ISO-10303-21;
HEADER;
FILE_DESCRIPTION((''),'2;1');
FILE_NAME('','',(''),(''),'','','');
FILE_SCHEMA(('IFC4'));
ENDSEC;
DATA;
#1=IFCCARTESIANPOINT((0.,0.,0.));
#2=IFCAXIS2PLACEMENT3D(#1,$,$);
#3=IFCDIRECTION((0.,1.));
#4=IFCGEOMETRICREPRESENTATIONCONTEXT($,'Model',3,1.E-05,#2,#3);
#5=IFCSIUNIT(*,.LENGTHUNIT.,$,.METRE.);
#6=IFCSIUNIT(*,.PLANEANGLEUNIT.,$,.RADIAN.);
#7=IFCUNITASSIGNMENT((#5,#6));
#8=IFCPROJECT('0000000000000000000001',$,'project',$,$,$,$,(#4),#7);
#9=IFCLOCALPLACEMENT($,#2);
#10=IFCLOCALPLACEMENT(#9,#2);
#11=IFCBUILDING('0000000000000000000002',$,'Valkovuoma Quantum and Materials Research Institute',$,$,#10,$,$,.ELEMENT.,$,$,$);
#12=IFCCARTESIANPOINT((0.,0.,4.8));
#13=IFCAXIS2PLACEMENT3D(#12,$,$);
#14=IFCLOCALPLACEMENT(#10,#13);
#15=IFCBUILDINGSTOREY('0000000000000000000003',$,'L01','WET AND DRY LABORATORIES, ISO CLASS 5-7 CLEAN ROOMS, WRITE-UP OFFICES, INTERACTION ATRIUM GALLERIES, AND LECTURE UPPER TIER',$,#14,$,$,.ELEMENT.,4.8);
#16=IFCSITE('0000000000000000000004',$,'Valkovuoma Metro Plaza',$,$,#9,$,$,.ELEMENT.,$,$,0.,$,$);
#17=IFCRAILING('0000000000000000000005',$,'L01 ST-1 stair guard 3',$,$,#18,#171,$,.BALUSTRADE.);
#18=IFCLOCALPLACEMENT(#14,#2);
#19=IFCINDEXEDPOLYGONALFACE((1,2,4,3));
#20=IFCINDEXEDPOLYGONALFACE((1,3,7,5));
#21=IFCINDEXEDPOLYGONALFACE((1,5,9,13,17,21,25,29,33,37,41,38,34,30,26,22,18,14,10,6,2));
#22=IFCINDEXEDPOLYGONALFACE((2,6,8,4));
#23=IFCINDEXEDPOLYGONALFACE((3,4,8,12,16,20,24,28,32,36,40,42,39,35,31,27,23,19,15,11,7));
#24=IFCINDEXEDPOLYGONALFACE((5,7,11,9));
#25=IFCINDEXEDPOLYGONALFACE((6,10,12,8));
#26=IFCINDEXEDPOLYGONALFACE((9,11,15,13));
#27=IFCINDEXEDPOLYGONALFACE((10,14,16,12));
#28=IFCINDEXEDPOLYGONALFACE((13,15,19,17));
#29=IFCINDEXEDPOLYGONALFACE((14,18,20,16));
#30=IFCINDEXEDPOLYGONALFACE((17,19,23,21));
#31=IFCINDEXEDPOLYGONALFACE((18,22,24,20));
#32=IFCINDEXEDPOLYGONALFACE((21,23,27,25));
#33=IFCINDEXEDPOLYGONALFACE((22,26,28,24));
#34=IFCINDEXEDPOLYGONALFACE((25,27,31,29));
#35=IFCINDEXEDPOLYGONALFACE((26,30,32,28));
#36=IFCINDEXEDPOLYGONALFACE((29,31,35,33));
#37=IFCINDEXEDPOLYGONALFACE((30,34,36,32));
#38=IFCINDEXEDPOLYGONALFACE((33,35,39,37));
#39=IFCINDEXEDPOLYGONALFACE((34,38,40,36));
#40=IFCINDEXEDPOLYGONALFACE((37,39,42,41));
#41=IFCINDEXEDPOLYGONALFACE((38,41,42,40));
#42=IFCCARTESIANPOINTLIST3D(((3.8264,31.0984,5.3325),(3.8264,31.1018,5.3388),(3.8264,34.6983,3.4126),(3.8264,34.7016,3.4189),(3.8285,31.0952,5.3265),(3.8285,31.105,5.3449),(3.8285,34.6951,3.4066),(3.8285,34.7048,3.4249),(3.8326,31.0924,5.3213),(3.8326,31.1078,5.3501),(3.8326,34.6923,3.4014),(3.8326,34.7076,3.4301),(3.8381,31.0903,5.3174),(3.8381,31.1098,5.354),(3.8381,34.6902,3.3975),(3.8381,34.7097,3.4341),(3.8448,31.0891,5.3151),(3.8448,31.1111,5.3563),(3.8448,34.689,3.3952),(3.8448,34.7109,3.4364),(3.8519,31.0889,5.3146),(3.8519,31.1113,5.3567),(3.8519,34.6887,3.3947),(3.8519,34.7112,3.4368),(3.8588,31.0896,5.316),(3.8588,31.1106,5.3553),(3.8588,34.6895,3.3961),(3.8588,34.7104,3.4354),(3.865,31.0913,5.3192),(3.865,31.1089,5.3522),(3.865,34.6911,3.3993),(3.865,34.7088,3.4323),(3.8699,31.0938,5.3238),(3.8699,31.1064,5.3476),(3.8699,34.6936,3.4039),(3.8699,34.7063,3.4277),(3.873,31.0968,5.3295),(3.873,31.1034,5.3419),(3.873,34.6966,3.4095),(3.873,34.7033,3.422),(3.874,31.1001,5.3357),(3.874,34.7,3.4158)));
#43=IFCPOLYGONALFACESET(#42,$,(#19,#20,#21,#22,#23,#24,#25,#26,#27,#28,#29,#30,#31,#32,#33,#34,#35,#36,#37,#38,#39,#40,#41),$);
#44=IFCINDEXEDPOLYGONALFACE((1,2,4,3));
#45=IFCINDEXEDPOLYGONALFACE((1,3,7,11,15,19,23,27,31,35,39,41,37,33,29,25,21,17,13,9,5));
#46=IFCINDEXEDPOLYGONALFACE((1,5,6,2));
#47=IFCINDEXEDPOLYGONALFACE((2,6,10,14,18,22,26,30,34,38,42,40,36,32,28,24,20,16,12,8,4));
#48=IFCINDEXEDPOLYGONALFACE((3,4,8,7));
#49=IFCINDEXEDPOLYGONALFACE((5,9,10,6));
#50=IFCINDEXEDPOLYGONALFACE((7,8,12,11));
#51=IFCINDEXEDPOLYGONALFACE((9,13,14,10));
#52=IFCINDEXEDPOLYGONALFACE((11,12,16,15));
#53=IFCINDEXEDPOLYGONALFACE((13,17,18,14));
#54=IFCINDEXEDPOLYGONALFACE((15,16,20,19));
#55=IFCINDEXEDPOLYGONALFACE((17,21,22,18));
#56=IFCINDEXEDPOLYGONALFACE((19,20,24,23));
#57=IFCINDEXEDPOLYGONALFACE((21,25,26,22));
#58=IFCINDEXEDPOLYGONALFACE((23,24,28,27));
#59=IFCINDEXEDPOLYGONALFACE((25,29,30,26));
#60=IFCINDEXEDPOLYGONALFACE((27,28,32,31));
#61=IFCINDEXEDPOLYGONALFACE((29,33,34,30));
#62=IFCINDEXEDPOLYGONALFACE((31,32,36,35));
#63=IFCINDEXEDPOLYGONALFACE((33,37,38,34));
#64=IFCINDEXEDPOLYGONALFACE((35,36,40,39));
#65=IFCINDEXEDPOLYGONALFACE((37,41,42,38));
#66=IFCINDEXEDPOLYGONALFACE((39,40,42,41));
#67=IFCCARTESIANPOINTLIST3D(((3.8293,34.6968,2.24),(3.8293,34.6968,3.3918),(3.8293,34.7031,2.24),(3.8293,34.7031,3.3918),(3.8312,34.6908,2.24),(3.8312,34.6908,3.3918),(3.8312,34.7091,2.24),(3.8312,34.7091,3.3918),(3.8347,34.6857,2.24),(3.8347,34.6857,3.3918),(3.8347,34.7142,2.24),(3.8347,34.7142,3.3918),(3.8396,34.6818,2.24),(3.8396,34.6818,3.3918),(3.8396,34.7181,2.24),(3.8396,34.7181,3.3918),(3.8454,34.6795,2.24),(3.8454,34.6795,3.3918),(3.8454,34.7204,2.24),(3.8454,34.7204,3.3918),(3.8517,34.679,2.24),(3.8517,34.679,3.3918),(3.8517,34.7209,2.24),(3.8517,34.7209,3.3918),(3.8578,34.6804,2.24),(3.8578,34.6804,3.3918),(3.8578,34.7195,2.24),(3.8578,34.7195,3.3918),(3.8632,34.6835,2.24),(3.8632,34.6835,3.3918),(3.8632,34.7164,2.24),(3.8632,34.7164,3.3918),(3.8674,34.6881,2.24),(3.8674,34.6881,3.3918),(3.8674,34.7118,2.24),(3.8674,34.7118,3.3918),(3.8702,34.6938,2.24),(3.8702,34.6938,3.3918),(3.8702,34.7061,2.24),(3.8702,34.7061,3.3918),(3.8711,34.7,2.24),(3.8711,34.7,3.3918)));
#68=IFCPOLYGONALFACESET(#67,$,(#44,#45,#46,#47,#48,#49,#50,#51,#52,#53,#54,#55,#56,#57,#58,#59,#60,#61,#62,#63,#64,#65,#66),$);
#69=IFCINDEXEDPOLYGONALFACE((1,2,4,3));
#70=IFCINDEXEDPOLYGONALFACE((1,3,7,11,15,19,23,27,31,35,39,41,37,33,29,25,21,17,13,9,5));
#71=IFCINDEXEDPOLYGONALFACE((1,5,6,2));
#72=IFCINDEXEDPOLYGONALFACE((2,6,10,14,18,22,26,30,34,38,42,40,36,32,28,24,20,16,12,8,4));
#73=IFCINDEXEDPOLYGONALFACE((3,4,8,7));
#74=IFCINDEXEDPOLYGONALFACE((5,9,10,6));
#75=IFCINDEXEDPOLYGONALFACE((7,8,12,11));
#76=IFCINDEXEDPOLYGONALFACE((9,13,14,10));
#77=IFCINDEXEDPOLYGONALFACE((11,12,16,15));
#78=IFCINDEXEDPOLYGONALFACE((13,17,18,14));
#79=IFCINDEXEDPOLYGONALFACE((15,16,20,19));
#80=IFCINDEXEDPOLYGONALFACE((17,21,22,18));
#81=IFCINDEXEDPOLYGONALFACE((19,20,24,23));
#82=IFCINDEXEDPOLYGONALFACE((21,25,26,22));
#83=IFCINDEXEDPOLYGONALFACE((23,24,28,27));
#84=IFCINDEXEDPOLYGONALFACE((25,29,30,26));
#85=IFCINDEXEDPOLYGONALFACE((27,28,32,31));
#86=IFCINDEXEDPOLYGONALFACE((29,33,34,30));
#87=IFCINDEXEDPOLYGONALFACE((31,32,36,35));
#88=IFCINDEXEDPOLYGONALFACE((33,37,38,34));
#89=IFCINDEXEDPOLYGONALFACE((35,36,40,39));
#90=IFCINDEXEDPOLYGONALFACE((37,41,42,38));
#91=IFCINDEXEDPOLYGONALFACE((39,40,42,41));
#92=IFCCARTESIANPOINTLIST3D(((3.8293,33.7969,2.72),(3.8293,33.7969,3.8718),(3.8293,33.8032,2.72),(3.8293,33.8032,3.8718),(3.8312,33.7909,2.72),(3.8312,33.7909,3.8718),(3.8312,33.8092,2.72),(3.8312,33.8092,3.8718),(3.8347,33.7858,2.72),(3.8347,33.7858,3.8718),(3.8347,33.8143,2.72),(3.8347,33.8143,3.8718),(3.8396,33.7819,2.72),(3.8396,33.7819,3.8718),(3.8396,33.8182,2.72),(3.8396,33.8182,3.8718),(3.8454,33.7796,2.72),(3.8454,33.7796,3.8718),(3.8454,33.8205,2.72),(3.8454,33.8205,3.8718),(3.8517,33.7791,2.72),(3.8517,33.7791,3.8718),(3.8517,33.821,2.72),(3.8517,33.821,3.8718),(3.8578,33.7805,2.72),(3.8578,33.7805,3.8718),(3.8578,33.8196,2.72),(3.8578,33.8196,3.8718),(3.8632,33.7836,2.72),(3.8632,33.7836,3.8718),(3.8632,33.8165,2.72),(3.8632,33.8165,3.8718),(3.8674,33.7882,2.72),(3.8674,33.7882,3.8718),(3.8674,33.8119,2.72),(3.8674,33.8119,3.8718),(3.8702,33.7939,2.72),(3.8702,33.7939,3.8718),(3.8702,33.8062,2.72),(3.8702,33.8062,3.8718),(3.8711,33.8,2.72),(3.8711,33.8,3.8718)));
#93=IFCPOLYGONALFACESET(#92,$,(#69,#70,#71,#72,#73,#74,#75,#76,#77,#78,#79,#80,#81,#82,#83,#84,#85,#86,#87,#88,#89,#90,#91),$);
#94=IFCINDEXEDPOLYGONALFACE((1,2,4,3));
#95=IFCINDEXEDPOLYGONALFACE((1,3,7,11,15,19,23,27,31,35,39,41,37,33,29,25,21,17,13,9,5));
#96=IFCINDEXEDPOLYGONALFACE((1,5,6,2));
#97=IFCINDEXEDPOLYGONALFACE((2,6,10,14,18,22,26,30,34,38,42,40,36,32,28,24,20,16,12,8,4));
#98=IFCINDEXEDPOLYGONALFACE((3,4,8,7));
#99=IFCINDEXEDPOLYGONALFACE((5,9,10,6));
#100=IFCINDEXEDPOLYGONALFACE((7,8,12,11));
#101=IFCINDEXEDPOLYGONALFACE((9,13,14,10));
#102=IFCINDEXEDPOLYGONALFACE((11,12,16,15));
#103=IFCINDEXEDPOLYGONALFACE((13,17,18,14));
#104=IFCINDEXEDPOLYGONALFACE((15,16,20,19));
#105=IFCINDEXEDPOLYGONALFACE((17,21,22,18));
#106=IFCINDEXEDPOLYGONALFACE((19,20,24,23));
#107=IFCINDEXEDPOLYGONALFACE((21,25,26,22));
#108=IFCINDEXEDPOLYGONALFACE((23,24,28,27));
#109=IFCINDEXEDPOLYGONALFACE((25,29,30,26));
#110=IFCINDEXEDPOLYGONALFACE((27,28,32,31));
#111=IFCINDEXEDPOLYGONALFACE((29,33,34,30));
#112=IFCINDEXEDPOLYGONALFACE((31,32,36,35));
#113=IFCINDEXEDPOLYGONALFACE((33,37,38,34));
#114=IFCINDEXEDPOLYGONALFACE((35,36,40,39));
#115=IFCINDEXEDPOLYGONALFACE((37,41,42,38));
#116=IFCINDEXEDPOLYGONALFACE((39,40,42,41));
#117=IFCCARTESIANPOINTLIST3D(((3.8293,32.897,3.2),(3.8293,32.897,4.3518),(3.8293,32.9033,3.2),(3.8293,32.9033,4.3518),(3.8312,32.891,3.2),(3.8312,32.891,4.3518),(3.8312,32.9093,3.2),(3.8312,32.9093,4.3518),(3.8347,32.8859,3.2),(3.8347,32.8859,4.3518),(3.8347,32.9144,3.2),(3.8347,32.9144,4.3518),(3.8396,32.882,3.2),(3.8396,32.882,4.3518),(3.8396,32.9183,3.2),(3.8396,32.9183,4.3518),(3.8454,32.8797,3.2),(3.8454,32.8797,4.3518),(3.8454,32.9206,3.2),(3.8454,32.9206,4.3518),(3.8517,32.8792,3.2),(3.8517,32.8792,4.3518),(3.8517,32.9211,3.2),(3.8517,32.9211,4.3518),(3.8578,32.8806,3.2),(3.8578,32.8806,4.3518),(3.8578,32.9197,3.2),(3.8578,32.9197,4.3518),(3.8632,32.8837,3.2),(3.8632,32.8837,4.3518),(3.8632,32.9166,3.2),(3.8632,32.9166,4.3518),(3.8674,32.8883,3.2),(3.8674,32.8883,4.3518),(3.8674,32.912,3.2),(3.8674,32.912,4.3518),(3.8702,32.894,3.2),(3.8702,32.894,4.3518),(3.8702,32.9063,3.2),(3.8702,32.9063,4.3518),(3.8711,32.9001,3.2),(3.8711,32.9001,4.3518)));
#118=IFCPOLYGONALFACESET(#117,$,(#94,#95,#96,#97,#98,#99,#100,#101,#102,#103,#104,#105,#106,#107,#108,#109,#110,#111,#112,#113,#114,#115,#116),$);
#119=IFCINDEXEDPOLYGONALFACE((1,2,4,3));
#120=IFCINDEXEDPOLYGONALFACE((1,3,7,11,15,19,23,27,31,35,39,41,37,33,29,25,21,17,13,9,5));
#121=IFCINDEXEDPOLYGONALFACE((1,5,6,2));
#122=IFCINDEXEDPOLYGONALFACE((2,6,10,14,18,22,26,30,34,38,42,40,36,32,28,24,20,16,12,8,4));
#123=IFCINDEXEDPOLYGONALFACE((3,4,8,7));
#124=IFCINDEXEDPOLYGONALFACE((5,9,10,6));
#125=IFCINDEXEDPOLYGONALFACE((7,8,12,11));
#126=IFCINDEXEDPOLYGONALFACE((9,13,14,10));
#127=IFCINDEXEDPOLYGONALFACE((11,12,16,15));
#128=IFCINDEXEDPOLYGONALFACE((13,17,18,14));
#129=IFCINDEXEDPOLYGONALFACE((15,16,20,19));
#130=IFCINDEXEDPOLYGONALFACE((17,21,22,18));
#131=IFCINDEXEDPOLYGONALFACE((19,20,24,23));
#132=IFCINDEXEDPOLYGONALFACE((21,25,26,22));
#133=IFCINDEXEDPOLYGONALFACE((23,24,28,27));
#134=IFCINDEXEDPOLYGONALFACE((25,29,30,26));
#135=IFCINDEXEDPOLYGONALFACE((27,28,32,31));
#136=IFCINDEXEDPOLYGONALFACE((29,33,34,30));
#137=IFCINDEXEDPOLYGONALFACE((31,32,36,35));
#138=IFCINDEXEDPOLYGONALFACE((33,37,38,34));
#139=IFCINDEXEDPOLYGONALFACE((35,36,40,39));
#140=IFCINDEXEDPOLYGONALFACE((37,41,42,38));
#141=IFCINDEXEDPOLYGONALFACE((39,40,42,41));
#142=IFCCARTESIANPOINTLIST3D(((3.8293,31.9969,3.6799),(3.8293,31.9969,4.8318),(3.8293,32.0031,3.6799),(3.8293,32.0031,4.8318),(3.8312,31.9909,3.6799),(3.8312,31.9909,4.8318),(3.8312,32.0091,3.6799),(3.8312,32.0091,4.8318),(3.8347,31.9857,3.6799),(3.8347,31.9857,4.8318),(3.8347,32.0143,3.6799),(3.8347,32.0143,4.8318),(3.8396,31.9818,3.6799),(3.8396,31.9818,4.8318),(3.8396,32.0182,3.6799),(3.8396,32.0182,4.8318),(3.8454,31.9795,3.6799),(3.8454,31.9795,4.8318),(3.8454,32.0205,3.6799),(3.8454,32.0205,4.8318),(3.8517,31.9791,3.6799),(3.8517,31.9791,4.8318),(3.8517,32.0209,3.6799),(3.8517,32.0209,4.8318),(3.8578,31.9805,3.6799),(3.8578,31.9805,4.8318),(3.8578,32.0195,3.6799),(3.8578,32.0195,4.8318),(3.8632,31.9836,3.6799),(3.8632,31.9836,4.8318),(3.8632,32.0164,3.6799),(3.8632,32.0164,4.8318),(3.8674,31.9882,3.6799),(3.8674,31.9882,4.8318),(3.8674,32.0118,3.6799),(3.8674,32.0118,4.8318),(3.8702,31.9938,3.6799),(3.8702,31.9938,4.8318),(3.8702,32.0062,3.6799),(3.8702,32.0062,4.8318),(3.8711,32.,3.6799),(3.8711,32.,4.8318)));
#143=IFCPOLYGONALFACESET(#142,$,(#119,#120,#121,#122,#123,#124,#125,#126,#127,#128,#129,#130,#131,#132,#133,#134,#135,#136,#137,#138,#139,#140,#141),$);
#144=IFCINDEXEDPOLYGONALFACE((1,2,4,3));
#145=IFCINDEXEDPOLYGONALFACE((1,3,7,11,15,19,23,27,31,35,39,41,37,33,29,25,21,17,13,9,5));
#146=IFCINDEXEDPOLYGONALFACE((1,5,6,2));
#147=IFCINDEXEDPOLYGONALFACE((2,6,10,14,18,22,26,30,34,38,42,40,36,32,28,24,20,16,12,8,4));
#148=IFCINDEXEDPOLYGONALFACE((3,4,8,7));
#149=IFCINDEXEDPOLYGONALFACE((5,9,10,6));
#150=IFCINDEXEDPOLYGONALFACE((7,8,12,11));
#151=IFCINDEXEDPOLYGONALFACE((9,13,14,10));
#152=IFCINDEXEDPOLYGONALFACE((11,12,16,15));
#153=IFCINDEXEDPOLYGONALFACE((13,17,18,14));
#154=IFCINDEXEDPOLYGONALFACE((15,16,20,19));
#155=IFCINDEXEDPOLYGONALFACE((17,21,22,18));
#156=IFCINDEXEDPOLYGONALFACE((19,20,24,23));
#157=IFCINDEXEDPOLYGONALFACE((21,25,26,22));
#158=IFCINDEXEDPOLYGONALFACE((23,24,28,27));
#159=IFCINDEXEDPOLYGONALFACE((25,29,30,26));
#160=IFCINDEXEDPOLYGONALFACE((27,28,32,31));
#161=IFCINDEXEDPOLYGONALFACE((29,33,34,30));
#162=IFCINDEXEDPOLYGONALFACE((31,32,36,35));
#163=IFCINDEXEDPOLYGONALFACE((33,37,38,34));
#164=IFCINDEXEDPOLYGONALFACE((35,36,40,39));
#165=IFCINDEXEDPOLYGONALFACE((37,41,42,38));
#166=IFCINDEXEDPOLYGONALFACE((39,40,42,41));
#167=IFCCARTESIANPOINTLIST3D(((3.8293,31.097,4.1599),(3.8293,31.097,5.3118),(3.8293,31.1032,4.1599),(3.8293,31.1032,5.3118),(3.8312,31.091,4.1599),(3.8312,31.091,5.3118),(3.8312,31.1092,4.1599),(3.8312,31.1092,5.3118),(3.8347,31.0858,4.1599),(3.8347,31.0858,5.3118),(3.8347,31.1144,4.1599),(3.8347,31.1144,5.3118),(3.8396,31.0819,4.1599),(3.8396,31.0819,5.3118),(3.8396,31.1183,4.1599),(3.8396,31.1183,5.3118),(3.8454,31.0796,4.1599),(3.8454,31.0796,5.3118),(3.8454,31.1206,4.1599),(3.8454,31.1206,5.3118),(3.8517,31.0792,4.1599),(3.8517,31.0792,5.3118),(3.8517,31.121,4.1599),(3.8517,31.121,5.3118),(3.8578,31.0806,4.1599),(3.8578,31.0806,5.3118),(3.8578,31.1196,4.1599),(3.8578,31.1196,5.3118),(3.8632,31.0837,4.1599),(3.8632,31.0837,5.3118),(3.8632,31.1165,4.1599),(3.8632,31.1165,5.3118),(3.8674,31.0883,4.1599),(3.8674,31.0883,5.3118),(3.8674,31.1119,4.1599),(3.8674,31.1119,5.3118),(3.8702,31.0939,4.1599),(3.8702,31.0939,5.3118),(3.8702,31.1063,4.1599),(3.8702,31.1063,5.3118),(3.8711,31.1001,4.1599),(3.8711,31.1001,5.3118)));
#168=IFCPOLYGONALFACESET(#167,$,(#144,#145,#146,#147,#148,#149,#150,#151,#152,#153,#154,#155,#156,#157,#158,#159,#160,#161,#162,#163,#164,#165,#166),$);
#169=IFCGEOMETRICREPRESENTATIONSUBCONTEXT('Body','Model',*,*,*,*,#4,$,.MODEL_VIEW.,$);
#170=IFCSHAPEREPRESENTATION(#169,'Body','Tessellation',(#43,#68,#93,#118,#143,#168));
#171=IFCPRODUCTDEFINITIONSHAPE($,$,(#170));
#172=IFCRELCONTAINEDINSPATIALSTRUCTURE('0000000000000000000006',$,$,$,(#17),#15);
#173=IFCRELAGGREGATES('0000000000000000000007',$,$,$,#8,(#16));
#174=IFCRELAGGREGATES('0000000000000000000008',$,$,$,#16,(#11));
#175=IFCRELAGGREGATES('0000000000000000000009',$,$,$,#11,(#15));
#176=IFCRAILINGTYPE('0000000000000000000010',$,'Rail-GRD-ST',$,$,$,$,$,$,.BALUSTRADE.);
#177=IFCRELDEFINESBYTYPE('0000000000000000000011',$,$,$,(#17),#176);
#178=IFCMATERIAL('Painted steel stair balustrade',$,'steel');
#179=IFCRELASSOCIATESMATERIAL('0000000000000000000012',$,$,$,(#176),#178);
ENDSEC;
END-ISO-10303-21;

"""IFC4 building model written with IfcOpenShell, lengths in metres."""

from ifc_helpers import new_model, si_unit, direction, frame, origin, origin_2d, place, context, subcontext, project, spatial, circle, extrude, material, type_object, element, save


model = new_model("IFC4")

# Units and contexts
model_context = context("Model", 3, precision=1e-05, world=origin(), true_north=direction((0.0, 1.0)))
body_context = subcontext(model_context, "Body", "Model", "MODEL_VIEW")
ifc_project = project(units=[si_unit("LENGTHUNIT", "METRE"), si_unit("PLANEANGLEUNIT", "RADIAN")], contexts=[model_context])

# Site, building, storey
site_placement = place(None, origin())
site = spatial("IfcSite", under=ifc_project, at=site_placement, Name="Valkovuoma Metro Plaza", CompositionType="ELEMENT", RefElevation=0.0)
building_placement = place(site_placement, origin())
building = spatial("IfcBuilding", under=site, at=building_placement, Name="Valkovuoma Quantum and Materials Research Institute", CompositionType="ELEMENT")
storey_placement = place(building_placement, frame((0.0, 0.0, 4.8)))
storey = spatial("IfcBuildingStorey", under=building, at=storey_placement, Name="L01", Description="WET AND DRY LABORATORIES, ISO CLASS 5-7 CLEAN ROOMS, WRITE-UP OFFICES, INTERACTION ATRIUM GALLERIES, AND LECTURE UPPER TIER", CompositionType="ELEMENT", Elevation=4.8)

# Railing
ifc_material_1 = material(Name="Painted steel stair balustrade", Category="steel")
railing_type_1 = type_object("IfcRailingType", Name="Rail-GRD-ST", PredefinedType="BALUSTRADE", material=ifc_material_1)
railing_1_placement = place(storey_placement, frame((3.8501, 34.7, 2.24)))
element("IfcRailing", 1, at=railing_1_placement, inside=storey, type_object=railing_type_1, Name="L01 ST-1 stair guard 3", PredefinedType="BALUSTRADE", context=body_context, shape_type="SweptSolid", body=[
    extrude(circle(Radius=0.0239, at=origin_2d()), frame((0.0, 0.0, 1.1758), z_axis=(0.0, -0.882353, 0.470588), x_axis=(1.0, 0.0, 0.0)), (0.0, 0.0, 1.0), 4.0798),
    extrude(circle(Radius=0.021, at=origin_2d()), origin(), (0.0, 0.0, 1.0), 1.1519),
    extrude(circle(Radius=0.021, at=origin_2d()), frame((0.0, -0.8999, 0.48)), (0.0, 0.0, 1.0), 1.1519),
    extrude(circle(Radius=0.021, at=origin_2d()), frame((0.0, -1.7998, 0.96)), (0.0, 0.0, 1.0), 1.1519),
    extrude(circle(Radius=0.021, at=origin_2d()), frame((0.0, -2.7, 1.4399)), (0.0, 0.0, 1.0), 1.1519),
    extrude(circle(Radius=0.021, at=origin_2d()), frame((0.0, -3.5999, 1.9199)), (0.0, 0.0, 1.0), 1.1519),
])

save(model, "model.ifc")
